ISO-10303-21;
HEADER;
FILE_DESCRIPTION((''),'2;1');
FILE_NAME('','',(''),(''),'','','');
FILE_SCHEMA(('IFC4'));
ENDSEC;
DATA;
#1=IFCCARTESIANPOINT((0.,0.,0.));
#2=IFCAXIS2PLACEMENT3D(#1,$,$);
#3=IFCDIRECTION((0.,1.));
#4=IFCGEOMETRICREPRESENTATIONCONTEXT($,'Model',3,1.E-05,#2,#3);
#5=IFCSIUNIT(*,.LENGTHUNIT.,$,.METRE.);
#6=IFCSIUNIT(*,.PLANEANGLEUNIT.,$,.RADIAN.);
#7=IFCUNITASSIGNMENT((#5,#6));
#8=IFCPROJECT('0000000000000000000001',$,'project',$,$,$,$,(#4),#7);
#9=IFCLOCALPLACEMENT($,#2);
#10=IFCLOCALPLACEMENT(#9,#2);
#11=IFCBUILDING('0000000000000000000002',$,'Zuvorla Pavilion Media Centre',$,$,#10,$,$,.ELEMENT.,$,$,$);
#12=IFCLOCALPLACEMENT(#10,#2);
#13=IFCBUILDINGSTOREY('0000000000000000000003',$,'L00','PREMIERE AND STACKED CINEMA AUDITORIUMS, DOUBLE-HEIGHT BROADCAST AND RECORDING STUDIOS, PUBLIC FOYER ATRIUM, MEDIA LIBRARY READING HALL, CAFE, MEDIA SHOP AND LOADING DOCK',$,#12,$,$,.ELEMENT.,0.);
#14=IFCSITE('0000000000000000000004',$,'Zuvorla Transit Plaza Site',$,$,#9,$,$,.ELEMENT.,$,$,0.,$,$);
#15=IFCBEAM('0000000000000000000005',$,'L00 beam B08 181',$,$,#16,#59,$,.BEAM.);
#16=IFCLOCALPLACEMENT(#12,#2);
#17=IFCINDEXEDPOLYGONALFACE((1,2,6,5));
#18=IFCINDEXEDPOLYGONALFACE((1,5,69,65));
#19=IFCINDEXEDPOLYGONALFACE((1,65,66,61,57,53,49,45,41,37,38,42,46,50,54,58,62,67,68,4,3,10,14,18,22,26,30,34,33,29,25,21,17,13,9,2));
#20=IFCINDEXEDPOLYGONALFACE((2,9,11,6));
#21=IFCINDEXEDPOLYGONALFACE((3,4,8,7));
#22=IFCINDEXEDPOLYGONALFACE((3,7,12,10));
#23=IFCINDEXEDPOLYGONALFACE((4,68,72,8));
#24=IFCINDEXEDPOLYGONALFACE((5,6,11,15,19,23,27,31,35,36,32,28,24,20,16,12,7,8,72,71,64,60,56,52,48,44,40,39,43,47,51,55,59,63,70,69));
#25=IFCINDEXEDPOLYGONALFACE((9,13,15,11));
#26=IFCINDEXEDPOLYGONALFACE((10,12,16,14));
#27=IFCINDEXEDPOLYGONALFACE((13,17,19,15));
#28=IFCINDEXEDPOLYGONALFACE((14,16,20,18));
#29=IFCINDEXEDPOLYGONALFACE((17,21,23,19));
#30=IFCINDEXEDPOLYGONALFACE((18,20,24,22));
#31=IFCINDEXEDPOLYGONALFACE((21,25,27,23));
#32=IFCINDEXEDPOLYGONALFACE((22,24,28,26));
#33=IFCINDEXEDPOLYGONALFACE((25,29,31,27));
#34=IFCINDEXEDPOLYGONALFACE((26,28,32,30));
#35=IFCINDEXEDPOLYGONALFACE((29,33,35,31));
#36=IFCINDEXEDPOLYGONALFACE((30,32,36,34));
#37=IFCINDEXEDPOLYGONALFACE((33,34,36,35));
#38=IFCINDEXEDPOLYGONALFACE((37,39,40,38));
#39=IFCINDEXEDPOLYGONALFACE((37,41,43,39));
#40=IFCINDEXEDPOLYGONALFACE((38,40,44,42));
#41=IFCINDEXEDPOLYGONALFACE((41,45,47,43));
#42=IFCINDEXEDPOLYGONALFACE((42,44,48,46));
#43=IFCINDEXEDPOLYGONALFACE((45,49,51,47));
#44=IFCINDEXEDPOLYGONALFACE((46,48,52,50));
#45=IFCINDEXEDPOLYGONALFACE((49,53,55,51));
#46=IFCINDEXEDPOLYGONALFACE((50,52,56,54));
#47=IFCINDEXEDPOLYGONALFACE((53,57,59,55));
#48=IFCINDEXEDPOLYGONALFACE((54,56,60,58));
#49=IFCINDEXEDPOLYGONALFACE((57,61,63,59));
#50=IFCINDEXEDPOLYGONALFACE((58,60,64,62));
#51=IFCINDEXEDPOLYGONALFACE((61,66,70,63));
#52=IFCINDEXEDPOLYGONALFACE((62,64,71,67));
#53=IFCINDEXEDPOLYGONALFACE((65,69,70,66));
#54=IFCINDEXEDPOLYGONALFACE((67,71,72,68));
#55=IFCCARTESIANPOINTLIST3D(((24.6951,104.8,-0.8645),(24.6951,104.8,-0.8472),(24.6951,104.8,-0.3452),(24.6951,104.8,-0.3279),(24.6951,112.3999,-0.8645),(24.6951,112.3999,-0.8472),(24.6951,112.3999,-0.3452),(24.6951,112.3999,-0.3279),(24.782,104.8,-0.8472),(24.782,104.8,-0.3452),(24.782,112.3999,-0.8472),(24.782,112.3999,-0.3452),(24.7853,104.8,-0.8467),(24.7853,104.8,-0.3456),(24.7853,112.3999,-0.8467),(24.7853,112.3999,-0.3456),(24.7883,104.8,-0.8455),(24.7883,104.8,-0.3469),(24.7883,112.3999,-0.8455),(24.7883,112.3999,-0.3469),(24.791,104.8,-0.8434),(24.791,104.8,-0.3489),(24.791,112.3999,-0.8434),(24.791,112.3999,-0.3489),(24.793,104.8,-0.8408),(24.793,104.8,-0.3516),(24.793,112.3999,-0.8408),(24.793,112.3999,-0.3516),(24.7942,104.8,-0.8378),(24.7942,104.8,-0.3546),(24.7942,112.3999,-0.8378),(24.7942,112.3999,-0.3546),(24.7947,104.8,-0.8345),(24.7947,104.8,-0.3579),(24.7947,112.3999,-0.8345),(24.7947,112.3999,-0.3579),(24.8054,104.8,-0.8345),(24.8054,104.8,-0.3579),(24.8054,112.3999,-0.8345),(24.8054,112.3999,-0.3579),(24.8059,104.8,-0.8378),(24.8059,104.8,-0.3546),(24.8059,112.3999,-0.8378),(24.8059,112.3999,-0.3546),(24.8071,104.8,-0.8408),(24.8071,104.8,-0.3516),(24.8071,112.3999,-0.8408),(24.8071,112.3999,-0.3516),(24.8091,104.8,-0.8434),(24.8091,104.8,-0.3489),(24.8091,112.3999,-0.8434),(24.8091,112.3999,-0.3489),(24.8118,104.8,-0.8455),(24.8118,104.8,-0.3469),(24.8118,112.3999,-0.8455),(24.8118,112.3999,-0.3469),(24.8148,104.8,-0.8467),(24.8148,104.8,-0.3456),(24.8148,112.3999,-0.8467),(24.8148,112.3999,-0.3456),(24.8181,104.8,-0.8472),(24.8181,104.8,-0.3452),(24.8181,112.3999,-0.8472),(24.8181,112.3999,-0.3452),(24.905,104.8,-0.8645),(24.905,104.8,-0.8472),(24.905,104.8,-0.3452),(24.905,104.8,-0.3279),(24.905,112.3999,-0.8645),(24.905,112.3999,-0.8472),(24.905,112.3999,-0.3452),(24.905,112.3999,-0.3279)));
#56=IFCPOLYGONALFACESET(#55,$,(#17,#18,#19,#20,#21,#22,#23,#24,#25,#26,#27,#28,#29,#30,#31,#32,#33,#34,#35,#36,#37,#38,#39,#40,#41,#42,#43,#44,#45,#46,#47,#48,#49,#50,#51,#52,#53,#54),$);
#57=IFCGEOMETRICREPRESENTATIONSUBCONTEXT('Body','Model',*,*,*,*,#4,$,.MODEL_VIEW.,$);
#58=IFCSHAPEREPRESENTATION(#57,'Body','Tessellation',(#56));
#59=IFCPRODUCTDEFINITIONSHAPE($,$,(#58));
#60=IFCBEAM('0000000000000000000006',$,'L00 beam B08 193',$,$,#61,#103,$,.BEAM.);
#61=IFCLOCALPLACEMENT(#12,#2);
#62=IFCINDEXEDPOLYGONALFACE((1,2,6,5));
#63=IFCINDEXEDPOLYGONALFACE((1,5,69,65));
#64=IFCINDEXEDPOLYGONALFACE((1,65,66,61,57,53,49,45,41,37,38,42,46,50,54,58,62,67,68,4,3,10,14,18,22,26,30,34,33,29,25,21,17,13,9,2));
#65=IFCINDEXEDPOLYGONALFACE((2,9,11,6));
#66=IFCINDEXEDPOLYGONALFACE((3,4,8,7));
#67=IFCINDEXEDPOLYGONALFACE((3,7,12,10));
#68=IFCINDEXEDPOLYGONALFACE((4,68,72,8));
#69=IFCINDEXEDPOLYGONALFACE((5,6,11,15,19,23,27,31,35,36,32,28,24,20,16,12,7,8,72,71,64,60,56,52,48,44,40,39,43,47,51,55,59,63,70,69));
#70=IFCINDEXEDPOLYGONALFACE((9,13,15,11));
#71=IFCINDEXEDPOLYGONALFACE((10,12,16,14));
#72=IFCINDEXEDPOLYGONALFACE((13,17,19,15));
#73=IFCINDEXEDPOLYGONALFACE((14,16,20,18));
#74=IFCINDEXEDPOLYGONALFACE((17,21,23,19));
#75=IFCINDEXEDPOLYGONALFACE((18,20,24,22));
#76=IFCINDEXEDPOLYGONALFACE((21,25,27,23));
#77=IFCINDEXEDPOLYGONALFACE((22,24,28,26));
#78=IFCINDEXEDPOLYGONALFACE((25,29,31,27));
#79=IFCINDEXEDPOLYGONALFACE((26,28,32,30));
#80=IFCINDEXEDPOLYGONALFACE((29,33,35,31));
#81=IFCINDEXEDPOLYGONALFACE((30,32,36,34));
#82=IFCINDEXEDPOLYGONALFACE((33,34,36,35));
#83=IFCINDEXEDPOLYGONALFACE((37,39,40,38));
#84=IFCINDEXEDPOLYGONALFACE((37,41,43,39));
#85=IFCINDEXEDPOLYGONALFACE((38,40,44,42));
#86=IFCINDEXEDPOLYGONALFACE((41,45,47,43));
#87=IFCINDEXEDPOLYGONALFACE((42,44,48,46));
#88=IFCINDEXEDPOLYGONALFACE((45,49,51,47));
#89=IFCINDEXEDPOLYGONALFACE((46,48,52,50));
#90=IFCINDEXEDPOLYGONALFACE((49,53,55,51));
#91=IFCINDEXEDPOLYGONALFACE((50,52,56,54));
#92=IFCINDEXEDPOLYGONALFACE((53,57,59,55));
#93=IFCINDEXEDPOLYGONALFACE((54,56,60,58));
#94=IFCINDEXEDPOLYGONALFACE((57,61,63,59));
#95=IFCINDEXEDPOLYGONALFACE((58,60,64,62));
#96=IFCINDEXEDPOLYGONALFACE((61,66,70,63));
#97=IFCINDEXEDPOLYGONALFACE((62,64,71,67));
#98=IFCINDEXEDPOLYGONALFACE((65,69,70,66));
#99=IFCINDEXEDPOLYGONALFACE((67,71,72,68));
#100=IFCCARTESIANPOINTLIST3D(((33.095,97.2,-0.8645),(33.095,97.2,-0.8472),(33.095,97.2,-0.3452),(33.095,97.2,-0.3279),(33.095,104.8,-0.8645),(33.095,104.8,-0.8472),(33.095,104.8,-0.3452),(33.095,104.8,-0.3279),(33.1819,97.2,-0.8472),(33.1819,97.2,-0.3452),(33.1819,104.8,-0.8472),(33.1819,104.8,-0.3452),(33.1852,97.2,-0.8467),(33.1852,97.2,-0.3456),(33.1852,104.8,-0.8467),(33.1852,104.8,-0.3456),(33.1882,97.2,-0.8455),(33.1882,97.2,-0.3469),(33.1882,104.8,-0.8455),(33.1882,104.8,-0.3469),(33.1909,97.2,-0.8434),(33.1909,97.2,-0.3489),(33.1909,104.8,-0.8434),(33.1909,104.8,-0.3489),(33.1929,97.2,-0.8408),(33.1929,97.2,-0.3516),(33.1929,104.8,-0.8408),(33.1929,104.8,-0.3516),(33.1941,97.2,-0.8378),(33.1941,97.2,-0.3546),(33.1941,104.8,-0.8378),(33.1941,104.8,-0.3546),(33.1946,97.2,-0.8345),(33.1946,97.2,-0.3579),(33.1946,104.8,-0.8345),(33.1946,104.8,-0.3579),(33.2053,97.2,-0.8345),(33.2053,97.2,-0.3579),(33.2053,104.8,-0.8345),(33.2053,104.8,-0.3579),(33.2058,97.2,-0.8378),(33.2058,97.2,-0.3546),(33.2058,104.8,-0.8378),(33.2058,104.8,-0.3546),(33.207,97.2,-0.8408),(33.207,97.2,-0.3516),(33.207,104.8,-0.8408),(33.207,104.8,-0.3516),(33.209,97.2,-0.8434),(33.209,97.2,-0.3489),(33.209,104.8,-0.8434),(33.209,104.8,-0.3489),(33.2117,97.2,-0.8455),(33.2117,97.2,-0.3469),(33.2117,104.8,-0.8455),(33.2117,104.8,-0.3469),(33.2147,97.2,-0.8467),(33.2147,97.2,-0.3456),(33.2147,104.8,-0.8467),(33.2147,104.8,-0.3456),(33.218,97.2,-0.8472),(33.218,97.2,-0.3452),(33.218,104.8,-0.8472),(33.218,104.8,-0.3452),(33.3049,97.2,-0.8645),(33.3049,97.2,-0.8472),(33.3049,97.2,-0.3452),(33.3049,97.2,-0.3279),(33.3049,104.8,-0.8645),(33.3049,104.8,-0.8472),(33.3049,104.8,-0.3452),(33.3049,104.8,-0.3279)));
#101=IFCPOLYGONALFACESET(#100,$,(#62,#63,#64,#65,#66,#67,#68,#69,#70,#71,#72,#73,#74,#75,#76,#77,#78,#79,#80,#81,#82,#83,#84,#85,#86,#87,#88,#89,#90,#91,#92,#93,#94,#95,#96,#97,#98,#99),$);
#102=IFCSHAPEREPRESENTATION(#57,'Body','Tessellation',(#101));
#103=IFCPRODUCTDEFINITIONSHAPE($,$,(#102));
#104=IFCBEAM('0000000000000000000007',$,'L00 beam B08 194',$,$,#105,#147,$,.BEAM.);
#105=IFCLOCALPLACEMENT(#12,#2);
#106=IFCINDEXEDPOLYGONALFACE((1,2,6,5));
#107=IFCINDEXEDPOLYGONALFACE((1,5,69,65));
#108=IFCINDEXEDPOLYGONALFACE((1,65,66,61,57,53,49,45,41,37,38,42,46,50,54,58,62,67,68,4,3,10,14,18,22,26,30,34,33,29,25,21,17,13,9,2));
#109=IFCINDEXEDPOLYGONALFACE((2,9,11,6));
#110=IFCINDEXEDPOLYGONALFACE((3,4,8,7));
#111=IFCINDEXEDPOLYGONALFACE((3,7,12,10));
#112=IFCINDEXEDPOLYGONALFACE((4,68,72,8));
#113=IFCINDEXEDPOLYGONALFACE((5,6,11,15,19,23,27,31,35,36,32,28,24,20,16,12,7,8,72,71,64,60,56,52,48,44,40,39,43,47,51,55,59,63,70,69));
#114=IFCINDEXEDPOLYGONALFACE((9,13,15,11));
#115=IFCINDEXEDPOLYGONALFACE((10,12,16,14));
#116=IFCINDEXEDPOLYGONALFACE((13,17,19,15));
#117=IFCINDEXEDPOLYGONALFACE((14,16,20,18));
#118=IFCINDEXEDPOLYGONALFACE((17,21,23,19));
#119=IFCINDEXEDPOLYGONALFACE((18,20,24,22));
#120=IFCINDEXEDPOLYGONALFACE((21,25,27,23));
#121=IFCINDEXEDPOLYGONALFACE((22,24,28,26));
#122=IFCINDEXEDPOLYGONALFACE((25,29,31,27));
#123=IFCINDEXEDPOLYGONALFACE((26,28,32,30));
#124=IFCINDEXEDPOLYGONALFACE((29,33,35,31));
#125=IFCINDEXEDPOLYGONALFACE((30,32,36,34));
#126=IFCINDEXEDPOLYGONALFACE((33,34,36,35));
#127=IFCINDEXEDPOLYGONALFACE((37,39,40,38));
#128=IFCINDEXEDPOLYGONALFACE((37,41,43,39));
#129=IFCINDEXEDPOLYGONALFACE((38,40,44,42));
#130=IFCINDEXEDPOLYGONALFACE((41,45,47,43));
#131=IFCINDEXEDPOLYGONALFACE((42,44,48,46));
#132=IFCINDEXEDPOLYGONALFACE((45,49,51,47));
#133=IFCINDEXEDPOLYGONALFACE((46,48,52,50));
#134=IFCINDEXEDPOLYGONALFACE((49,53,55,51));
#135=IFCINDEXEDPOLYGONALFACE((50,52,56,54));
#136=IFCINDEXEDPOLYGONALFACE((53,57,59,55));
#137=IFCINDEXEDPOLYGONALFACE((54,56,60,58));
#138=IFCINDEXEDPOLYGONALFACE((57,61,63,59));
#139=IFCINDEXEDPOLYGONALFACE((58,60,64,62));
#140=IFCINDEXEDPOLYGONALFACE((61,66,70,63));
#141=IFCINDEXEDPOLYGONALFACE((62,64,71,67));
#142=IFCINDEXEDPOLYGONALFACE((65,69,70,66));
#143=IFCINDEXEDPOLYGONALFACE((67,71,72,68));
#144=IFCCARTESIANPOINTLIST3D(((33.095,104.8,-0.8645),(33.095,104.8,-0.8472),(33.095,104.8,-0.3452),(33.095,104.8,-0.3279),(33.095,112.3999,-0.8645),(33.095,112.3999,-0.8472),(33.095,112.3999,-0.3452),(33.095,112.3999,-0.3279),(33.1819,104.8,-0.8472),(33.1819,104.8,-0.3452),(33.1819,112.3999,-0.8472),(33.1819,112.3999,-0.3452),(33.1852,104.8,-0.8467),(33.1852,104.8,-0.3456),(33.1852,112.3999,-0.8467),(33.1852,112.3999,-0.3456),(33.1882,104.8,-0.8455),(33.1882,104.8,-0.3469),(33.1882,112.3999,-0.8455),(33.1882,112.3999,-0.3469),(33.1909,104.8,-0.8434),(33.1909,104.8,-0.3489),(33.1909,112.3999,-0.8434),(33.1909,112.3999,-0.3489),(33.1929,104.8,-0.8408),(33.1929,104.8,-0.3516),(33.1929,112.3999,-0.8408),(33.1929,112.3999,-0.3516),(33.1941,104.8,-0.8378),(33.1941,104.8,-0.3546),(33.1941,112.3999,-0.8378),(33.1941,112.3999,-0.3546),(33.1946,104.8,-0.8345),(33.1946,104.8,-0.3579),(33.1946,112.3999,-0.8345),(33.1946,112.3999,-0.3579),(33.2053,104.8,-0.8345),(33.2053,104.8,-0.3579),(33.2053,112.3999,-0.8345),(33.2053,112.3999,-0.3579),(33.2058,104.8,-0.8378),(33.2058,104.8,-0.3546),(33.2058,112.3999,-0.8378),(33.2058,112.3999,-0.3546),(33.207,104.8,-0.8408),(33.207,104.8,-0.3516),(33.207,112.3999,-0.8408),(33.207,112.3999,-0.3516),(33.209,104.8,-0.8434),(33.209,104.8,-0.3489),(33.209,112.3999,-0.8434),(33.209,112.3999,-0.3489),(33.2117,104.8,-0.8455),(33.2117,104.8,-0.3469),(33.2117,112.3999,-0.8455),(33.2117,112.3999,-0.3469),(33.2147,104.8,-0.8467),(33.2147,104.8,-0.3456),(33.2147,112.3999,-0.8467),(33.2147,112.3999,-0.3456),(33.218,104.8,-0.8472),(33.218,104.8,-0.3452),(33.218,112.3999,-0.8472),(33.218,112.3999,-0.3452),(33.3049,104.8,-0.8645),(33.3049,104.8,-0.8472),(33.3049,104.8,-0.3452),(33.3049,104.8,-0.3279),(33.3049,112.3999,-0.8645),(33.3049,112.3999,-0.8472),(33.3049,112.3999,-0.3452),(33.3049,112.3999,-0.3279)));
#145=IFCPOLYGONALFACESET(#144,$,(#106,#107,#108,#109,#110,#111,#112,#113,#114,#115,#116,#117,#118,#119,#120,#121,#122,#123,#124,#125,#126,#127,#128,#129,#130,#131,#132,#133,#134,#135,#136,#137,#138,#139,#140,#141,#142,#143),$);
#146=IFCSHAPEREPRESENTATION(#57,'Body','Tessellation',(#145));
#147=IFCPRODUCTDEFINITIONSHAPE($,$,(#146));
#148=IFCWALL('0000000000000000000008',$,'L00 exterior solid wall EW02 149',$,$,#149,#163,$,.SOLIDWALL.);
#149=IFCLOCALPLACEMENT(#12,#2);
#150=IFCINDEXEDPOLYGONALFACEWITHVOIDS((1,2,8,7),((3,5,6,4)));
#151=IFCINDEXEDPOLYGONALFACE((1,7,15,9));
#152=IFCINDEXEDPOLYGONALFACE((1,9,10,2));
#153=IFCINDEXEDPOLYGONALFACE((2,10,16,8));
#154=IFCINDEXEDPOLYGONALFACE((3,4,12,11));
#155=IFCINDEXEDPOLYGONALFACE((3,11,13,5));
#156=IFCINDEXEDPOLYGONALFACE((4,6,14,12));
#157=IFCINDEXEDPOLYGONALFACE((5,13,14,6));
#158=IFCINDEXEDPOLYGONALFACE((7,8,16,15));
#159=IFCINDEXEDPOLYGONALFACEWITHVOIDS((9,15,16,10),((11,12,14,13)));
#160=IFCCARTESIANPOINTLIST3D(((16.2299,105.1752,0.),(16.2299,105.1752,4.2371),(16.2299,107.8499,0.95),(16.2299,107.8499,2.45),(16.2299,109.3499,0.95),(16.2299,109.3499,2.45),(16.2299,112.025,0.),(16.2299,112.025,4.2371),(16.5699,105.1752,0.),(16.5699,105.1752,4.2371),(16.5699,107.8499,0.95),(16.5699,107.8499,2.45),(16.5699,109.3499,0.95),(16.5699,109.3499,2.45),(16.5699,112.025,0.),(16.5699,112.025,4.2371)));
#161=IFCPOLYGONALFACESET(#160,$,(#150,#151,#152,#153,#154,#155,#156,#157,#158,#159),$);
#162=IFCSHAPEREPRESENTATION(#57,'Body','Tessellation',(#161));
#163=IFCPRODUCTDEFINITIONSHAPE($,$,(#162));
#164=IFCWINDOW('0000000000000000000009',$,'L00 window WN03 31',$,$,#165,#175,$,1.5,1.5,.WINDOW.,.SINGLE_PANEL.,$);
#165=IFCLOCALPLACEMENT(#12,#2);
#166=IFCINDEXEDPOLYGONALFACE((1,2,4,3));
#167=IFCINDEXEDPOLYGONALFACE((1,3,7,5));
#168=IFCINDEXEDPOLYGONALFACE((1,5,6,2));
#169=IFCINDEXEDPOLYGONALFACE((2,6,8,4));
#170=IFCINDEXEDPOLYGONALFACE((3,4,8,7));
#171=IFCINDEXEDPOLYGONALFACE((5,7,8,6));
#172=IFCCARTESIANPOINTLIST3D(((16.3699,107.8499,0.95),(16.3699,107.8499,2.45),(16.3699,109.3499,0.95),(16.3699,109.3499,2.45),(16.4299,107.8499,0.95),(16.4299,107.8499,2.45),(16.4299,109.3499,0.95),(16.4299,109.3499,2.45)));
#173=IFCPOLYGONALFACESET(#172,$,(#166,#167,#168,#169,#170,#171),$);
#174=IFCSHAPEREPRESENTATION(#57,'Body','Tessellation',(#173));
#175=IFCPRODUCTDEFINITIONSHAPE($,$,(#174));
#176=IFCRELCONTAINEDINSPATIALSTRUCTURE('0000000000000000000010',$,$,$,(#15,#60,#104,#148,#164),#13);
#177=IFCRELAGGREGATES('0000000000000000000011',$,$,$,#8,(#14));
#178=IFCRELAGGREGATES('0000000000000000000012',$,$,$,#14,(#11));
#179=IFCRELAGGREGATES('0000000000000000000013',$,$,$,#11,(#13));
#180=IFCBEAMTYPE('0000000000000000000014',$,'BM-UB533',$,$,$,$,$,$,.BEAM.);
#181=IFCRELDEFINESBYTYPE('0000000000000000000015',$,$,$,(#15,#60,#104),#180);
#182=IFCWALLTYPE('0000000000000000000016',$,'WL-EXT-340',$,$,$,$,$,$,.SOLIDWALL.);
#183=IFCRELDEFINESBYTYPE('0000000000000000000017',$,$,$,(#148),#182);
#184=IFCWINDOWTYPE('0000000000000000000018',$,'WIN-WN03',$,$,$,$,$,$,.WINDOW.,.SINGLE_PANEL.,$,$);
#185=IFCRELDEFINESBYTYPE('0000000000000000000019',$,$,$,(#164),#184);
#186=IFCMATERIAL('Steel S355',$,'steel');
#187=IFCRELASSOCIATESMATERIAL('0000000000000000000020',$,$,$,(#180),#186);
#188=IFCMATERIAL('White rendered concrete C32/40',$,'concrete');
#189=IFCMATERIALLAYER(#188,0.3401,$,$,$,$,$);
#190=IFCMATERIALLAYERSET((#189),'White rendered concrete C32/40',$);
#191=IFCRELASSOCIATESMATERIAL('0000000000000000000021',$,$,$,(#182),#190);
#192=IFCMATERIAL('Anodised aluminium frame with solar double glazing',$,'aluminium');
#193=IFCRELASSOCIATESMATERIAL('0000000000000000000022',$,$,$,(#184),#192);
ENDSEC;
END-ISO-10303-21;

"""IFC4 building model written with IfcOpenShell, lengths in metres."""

from ifc_helpers import new_model, si_unit, direction, frame, frame_2d, origin, origin_2d, place, context, subcontext, project, spatial, rectangle, i_section, extrude, material, layer, layer_set, material_profile, profile_set, type_object, element, fill, save


model = new_model("IFC4")

# Units and contexts
model_context = context("Model", 3, precision=1e-05, world=origin(), true_north=direction((0.0, 1.0)))
body_context = subcontext(model_context, "Body", "Model", "MODEL_VIEW")
ifc_project = project(units=[si_unit("LENGTHUNIT", "METRE"), si_unit("PLANEANGLEUNIT", "RADIAN")], contexts=[model_context])

# Site, building, storey
site_placement = place(None, origin())
site = spatial("IfcSite", under=ifc_project, at=site_placement, Name="Zuvorla Transit Plaza Site", CompositionType="ELEMENT", RefElevation=0.0)
building_placement = place(site_placement, origin())
building = spatial("IfcBuilding", under=site, at=building_placement, Name="Zuvorla Pavilion Media Centre", CompositionType="ELEMENT")
storey_placement = place(building_placement, origin())
storey = spatial("IfcBuildingStorey", under=building, at=storey_placement, Name="L00", Description="PREMIERE AND STACKED CINEMA AUDITORIUMS, DOUBLE-HEIGHT BROADCAST AND RECORDING STUDIOS, PUBLIC FOYER ATRIUM, MEDIA LIBRARY READING HALL, CAFE, MEDIA SHOP AND LOADING DOCK", CompositionType="ELEMENT", Elevation=0.0)

# Beams
ifc_material_1 = material(Name="Steel S355", Category="steel")
ifc_material_profile_1 = material_profile(ifc_material_1, i_section(OverallWidth=0.21, OverallDepth=0.5366, WebThickness=0.0107, FlangeThickness=0.0173, FilletRadius=0.0127, at=origin_2d()), Name="UB 533x210x101")
ifc_profile_set_1 = profile_set([ifc_material_profile_1], Name="Steel S355")
beam_type_1 = type_object("IfcBeamType", Name="BM-UB533", PredefinedType="BEAM", material=ifc_profile_set_1)
beam_1_placement = place(storey_placement, frame((24.8, 104.8, -0.5962), z_axis=(0.0, 1.0, 0.0), x_axis=(-1.0, 0.0, 0.0)))
element("IfcBeam", 1, at=beam_1_placement, inside=storey, type_object=beam_type_1, Name="L00 beam B08 181", PredefinedType="BEAM", context=body_context, shape_type="SweptSolid", body=[
    extrude(i_section(OverallWidth=0.21, OverallDepth=0.5366, WebThickness=0.0107, FlangeThickness=0.0173, FilletRadius=0.0127, at=origin_2d()), origin(), (0.0, 0.0, 1.0), 7.5999),
])
beam_2_placement = place(storey_placement, frame((33.2, 97.2, -0.5962), z_axis=(0.0, 1.0, 0.0), x_axis=(-1.0, 0.0, 0.0)))
element("IfcBeam", 2, at=beam_2_placement, inside=storey, type_object=beam_type_1, Name="L00 beam B08 193", PredefinedType="BEAM", context=body_context, shape_type="SweptSolid", body=[
    extrude(i_section(OverallWidth=0.21, OverallDepth=0.5366, WebThickness=0.0107, FlangeThickness=0.0173, FilletRadius=0.0127, at=origin_2d()), origin(), (0.0, 0.0, 1.0), 7.6001),
])
beam_3_placement = place(storey_placement, frame((33.2, 104.8, -0.5962), z_axis=(0.0, 1.0, 0.0), x_axis=(-1.0, 0.0, 0.0)))
element("IfcBeam", 3, at=beam_3_placement, inside=storey, type_object=beam_type_1, Name="L00 beam B08 194", PredefinedType="BEAM", context=body_context, shape_type="SweptSolid", body=[
    extrude(i_section(OverallWidth=0.21, OverallDepth=0.5366, WebThickness=0.0107, FlangeThickness=0.0173, FilletRadius=0.0127, at=origin_2d()), origin(), (0.0, 0.0, 1.0), 7.5999),
])

# Wall, opening, window
ifc_material_2 = material(Name="White rendered concrete C32/40", Category="concrete")
ifc_layer = layer(ifc_material_2, 0.3401)
ifc_layer_set = layer_set([ifc_layer], Name="White rendered concrete C32/40")
wall_type = type_object("IfcWallType", Name="WL-EXT-340", PredefinedType="SOLIDWALL", material=ifc_layer_set)
wall_1_placement = place(storey_placement, frame((16.3999, 112.0249, 0.0), z_axis=(0.0, 0.0, 1.0), x_axis=(0.0, -1.0, 0.0)))
wall_1 = element("IfcWall", 4, at=wall_1_placement, inside=storey, type_object=wall_type, Name="L00 exterior solid wall EW02 149", PredefinedType="SOLIDWALL", context=body_context, shape_type="SweptSolid", body=[
    extrude(rectangle(XDim=6.8499, YDim=0.3401, at=frame_2d((3.4248, 0.0))), origin(), (0.0, 0.0, 1.0), 4.2371),
])
opening_1_placement = place(wall_1_placement, frame((2.675, 0.0, 0.95)))
opening_1 = element("IfcOpeningElement", 5, at=opening_1_placement, cuts=wall_1, PredefinedType="OPENING", context=body_context, shape_type="SweptSolid", body=[
    extrude(rectangle(XDim=1.5, YDim=1.5, at=frame_2d((0.75, 0.75))), frame((0.0, 0.1799, 0.0), z_axis=(0.0, -1.0, 0.0), x_axis=(1.0, 0.0, 0.0)), (0.0, 0.0, 1.0), 0.3601),
])
ifc_material_3 = material(Name="Anodised aluminium frame with solar double glazing", Category="aluminium")
window_type_1 = type_object("IfcWindowType", Name="WIN-WN03", PartitioningType="SINGLE_PANEL", PredefinedType="WINDOW", material=ifc_material_3)
window_1_placement = place(opening_1_placement, origin())
window_1 = element("IfcWindow", 6, at=window_1_placement, inside=storey, type_object=window_type_1, Name="L00 window WN03 31", OverallHeight=1.5, OverallWidth=1.5, PartitioningType="SINGLE_PANEL", PredefinedType="WINDOW", context=body_context, shape_type="SweptSolid", body=[
    extrude(rectangle(XDim=1.5, YDim=1.5, at=frame_2d((0.75, 0.75))), frame((0.0, 0.03, 0.0), z_axis=(0.0, -1.0, 0.0), x_axis=(1.0, 0.0, 0.0)), (0.0, 0.0, 1.0), 0.0601),
])
fill(opening_1, window_1)

save(model, "model.ifc")
